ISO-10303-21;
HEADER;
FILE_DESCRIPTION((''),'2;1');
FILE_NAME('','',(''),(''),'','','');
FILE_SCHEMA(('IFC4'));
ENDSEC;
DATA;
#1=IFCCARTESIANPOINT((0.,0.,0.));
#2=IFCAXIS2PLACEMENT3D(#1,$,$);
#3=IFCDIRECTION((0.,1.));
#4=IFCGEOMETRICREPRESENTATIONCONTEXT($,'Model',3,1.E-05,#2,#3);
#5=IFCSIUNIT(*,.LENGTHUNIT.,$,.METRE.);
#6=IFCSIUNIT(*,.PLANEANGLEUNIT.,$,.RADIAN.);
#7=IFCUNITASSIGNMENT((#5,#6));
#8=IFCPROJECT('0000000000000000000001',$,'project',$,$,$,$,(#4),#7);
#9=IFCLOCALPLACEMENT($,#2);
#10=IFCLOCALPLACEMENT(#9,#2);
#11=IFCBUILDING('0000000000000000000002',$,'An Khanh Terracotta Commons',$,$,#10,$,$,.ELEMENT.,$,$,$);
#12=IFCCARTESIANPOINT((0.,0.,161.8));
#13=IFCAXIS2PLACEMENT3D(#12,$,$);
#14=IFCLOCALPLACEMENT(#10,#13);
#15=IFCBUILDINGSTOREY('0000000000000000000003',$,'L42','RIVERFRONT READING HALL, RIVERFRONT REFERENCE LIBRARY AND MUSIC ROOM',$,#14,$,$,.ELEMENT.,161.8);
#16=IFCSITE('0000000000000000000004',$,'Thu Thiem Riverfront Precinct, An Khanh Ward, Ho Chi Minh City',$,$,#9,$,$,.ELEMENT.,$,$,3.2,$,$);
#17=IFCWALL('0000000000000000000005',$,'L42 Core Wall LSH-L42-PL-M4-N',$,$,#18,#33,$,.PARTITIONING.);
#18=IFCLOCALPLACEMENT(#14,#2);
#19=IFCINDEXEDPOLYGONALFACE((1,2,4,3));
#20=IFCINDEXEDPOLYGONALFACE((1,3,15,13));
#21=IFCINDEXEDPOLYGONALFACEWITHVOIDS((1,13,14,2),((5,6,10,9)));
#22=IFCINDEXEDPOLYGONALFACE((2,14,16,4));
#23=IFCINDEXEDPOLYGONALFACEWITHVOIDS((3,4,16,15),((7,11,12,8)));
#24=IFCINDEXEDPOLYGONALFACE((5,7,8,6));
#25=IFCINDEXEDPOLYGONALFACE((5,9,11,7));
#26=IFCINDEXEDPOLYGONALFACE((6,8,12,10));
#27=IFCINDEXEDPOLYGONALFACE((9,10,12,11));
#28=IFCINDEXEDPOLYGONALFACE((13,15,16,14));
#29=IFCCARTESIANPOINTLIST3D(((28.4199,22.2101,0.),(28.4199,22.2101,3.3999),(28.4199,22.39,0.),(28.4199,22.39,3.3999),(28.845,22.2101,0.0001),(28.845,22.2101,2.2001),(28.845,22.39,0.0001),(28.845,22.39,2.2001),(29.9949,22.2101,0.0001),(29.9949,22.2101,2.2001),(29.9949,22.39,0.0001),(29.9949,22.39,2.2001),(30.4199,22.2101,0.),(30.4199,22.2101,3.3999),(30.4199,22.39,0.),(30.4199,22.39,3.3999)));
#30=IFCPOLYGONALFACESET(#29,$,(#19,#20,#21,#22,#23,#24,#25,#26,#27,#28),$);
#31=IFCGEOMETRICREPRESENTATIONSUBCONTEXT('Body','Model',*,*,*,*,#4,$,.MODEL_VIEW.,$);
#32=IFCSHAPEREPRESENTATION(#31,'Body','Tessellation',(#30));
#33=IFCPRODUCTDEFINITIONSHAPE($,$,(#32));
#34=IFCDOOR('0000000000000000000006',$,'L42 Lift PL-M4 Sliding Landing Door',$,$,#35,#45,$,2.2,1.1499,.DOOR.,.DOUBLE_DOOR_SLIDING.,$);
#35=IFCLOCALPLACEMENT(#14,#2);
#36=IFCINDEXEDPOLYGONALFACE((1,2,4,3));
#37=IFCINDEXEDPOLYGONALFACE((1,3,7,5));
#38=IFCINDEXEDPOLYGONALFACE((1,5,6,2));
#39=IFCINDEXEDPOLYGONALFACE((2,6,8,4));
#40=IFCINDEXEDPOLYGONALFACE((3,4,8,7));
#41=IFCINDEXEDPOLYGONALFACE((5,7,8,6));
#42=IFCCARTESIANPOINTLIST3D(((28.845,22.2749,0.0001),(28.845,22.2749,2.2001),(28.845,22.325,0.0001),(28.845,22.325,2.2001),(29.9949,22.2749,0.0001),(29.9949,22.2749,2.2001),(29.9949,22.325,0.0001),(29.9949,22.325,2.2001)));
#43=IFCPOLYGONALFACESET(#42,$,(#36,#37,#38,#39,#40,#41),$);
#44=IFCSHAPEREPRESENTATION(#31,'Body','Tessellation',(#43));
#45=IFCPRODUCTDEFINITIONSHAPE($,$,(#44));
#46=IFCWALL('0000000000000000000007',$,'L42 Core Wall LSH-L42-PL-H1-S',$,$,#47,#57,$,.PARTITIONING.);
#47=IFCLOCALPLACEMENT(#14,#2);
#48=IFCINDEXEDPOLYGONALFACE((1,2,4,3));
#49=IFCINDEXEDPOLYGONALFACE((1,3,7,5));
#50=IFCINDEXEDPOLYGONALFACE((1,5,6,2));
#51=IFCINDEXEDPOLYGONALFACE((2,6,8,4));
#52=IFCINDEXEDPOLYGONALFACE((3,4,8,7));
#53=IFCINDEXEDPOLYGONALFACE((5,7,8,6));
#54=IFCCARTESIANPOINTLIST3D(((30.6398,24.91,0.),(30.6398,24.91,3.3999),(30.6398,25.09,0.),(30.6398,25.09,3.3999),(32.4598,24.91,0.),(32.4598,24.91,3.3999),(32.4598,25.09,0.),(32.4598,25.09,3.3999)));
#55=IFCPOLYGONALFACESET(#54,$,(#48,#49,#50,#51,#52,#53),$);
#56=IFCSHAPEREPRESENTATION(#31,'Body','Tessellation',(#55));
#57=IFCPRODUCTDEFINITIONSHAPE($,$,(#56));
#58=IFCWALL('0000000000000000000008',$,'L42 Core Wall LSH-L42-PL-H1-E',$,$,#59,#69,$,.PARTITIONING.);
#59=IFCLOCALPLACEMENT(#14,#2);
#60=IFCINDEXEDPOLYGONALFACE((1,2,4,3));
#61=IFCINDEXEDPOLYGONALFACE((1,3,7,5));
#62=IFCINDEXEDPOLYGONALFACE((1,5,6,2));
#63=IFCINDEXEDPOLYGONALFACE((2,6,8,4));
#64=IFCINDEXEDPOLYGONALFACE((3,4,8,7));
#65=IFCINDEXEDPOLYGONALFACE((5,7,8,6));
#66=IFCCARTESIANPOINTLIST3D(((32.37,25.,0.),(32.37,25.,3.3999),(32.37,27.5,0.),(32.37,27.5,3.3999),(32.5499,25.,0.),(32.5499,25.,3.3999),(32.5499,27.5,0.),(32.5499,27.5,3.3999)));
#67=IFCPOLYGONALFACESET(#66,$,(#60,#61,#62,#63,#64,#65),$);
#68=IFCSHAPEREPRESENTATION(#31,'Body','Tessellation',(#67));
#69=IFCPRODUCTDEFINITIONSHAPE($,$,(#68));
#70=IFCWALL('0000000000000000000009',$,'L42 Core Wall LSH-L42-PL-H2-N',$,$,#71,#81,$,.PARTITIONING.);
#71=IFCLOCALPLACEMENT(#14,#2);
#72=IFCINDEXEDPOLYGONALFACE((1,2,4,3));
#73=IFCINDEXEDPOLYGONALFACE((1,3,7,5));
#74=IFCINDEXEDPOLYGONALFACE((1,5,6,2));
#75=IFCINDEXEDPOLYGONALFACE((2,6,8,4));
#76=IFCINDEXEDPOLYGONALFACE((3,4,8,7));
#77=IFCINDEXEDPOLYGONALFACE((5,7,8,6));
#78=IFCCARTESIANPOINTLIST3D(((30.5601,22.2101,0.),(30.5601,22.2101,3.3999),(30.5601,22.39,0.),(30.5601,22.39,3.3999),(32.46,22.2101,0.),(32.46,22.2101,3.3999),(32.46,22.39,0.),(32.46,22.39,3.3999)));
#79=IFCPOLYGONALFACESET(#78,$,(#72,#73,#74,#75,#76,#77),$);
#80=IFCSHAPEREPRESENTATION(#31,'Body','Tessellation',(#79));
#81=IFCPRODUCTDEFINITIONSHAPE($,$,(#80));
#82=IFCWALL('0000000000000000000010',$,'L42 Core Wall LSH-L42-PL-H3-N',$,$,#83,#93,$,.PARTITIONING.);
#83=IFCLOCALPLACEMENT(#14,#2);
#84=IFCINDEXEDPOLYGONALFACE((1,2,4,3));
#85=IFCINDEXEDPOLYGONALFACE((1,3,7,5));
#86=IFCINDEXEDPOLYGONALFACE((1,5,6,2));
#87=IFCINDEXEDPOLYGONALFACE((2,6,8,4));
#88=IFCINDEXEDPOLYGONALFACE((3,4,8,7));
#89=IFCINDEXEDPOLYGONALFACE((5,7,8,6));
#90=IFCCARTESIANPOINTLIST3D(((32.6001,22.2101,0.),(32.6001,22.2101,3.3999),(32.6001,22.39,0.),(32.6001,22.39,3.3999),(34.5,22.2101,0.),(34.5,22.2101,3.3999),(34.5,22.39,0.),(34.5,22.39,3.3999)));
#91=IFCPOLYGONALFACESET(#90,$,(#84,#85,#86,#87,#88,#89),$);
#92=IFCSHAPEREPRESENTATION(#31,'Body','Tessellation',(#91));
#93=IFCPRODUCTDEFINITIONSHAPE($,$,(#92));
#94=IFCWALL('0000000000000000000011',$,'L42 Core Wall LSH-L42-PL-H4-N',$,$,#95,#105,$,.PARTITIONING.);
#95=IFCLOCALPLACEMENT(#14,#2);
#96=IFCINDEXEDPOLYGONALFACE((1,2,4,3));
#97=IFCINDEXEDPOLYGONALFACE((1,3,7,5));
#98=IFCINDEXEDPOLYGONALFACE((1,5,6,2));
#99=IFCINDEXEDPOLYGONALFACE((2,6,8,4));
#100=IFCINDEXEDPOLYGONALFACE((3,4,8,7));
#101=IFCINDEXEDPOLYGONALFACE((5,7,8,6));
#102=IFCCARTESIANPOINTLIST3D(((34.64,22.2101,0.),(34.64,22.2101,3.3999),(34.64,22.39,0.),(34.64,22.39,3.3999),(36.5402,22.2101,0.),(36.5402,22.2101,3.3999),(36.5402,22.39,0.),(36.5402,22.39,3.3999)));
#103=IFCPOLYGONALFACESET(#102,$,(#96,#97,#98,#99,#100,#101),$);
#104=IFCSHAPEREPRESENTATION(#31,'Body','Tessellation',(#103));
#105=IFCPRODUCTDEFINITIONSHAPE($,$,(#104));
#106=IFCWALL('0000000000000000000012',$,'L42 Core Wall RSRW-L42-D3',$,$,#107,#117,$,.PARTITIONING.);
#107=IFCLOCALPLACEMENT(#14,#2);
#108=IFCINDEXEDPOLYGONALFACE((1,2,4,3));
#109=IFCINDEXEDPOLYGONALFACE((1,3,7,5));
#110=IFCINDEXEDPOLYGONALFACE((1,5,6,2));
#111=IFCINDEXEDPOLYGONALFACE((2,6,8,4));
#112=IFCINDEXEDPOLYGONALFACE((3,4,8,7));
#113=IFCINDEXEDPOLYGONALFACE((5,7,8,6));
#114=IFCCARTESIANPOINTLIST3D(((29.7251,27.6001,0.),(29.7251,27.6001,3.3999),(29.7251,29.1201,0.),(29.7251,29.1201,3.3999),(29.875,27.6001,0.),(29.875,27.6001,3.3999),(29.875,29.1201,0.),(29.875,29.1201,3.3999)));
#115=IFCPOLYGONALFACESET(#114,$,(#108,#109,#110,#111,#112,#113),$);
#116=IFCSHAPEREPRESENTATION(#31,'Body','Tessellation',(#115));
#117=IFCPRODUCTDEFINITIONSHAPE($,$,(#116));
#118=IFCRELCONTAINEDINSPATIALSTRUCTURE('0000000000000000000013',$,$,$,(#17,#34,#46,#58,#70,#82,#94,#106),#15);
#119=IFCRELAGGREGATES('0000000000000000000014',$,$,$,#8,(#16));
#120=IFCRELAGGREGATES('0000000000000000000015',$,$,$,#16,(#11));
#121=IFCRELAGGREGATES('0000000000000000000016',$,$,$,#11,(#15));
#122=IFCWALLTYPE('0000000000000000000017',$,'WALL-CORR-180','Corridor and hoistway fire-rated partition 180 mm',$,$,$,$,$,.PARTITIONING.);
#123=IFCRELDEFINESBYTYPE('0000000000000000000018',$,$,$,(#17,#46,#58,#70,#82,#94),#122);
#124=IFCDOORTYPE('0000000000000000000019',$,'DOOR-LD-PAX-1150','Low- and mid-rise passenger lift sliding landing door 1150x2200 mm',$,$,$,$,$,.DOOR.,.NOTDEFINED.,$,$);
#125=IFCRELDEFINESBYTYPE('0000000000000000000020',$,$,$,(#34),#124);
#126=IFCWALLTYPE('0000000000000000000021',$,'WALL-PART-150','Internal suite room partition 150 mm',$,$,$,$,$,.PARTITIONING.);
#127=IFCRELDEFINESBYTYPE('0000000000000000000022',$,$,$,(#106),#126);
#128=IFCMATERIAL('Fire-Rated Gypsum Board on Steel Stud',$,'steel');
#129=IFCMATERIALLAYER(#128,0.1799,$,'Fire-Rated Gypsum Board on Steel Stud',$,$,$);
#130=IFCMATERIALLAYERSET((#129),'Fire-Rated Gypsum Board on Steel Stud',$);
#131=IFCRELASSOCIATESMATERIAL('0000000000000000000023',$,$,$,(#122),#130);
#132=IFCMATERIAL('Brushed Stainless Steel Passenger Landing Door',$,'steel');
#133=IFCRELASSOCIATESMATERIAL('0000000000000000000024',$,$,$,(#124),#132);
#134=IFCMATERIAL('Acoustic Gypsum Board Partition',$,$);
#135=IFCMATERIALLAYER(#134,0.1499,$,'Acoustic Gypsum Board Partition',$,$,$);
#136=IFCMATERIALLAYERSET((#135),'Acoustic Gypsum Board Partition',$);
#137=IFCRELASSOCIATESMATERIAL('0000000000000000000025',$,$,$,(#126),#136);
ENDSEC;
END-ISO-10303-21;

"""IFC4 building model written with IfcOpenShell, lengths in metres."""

from ifc_helpers import new_model, si_unit, direction, frame, frame_2d, origin, place, context, subcontext, project, spatial, rectangle, extrude, material, layer, layer_set, type_object, element, fill, save


model = new_model("IFC4")

# Units and contexts
model_context = context("Model", 3, precision=1e-05, world=origin(), true_north=direction((0.0, 1.0)))
body_context = subcontext(model_context, "Body", "Model", "MODEL_VIEW")
ifc_project = project(units=[si_unit("LENGTHUNIT", "METRE"), si_unit("PLANEANGLEUNIT", "RADIAN")], contexts=[model_context])

# Site, building, storey
site_placement = place(None, origin())
site = spatial("IfcSite", under=ifc_project, at=site_placement, Name="Thu Thiem Riverfront Precinct, An Khanh Ward, Ho Chi Minh City", CompositionType="ELEMENT", RefElevation=3.2)
building_placement = place(site_placement, origin())
building = spatial("IfcBuilding", under=site, at=building_placement, Name="An Khanh Terracotta Commons", CompositionType="ELEMENT")
storey_placement = place(building_placement, frame((0.0, 0.0, 161.8)))
storey = spatial("IfcBuildingStorey", under=building, at=storey_placement, Name="L42", Description="RIVERFRONT READING HALL, RIVERFRONT REFERENCE LIBRARY AND MUSIC ROOM", CompositionType="ELEMENT", Elevation=161.8)

# Shared definitions
ifc_material_1 = material(Name="Fire-Rated Gypsum Board on Steel Stud", Category="steel")
ifc_layer_1 = layer(ifc_material_1, 0.1799, Name="Fire-Rated Gypsum Board on Steel Stud")
ifc_layer_set_1 = layer_set([ifc_layer_1], Name="Fire-Rated Gypsum Board on Steel Stud")
wall_type_1 = type_object("IfcWallType", Name="WALL-CORR-180", Description="Corridor and hoistway fire-rated partition 180 mm", PredefinedType="PARTITIONING", material=ifc_layer_set_1)

# Shared definitions
ifc_material_2 = material(Name="Brushed Stainless Steel Passenger Landing Door", Category="steel")
door_type = type_object("IfcDoorType", Name="DOOR-LD-PAX-1150", Description="Low- and mid-rise passenger lift sliding landing door 1150x2200 mm", OperationType="NOTDEFINED", PredefinedType="DOOR", material=ifc_material_2)

# Wall, opening, door
wall_1_placement = place(storey_placement, frame((28.4199, 22.3, 0.0), z_axis=(0.0, 0.0, 1.0), x_axis=(1.0, 0.0, 0.0)))
wall_1 = element("IfcWall", 1, at=wall_1_placement, inside=storey, type_object=wall_type_1, Name="L42 Core Wall LSH-L42-PL-M4-N", PredefinedType="PARTITIONING", context=body_context, shape_type="SweptSolid", body=[
    extrude(rectangle(XDim=2.0, YDim=0.1799, at=frame_2d((1.0, 0.0))), origin(), (0.0, 0.0, 1.0), 3.3999),
])
opening_1_placement = place(wall_1_placement, frame((0.425, 0.0, 0.0)))
opening_1 = element("IfcOpeningElement", 2, at=opening_1_placement, cuts=wall_1, PredefinedType="OPENING", context=body_context, shape_type="SweptSolid", body=[
    extrude(rectangle(XDim=1.1499, YDim=2.2, at=frame_2d((0.575, 1.1001))), frame((0.0, 0.0999, 0.0), z_axis=(0.0, -1.0, 0.0), x_axis=(1.0, 0.0, 0.0)), (0.0, 0.0, 1.0), 0.2),
])
door_1_placement = place(opening_1_placement, origin())
door_1 = element("IfcDoor", 3, at=door_1_placement, inside=storey, type_object=door_type, Name="L42 Lift PL-M4 Sliding Landing Door", OperationType="DOUBLE_DOOR_SLIDING", OverallHeight=2.2, OverallWidth=1.1499, PredefinedType="DOOR", context=body_context, shape_type="SweptSolid", body=[
    extrude(rectangle(XDim=1.1499, YDim=2.2, at=frame_2d((0.575, 1.1001))), frame((0.0, 0.0249, 0.0), z_axis=(0.0, -1.0, 0.0), x_axis=(1.0, 0.0, 0.0)), (0.0, 0.0, 1.0), 0.05),
])
fill(opening_1, door_1)

# Walls
wall_2_placement = place(storey_placement, frame((32.46, 25.0, 0.0), z_axis=(0.0, 0.0, 1.0), x_axis=(-1.0, 0.0, 0.0)))
element("IfcWall", 4, at=wall_2_placement, inside=storey, type_object=wall_type_1, Name="L42 Core Wall LSH-L42-PL-H1-S", PredefinedType="PARTITIONING", context=body_context, shape_type="SweptSolid", body=[
    extrude(rectangle(XDim=1.8201, YDim=0.1799, at=frame_2d((0.9102, 0.0))), origin(), (0.0, 0.0, 1.0), 3.3999),
])
wall_3_placement = place(storey_placement, frame((32.46, 25.0, 0.0), z_axis=(0.0, 0.0, 1.0), x_axis=(0.0, 1.0, 0.0)))
element("IfcWall", 5, at=wall_3_placement, inside=storey, type_object=wall_type_1, Name="L42 Core Wall LSH-L42-PL-H1-E", PredefinedType="PARTITIONING", context=body_context, shape_type="SweptSolid", body=[
    extrude(rectangle(XDim=2.5, YDim=0.1799, at=frame_2d((1.25, 0.0))), origin(), (0.0, 0.0, 1.0), 3.3999),
])
for number, where, z_axis, x_axis, name in (
    (6, (30.5601, 22.3, 0.0), (0.0, 0.0, 1.0), (1.0, 0.0, 0.0), "L42 Core Wall LSH-L42-PL-H2-N"),
    (7, (32.6001, 22.3, 0.0), (0.0, 0.0, 1.0), (1.0, 0.0, 0.0), "L42 Core Wall LSH-L42-PL-H3-N"),
):
    element("IfcWall", number, at=place(storey_placement, frame(where, z_axis=z_axis, x_axis=x_axis)), inside=storey, type_object=wall_type_1, Name=name, PredefinedType="PARTITIONING", context=body_context, shape_type="SweptSolid", body=[
        extrude(rectangle(XDim=1.8999, YDim=0.1799, at=frame_2d((0.95, 0.0))), origin(), (0.0, 0.0, 1.0), 3.3999),
    ])
wall_4_placement = place(storey_placement, frame((34.6399, 22.3, 0.0), z_axis=(0.0, 0.0, 1.0), x_axis=(1.0, 0.0, 0.0)))
element("IfcWall", 8, at=wall_4_placement, inside=storey, type_object=wall_type_1, Name="L42 Core Wall LSH-L42-PL-H4-N", PredefinedType="PARTITIONING", context=body_context, shape_type="SweptSolid", body=[
    extrude(rectangle(XDim=1.9001, YDim=0.1799, at=frame_2d((0.9502, 0.0))), origin(), (0.0, 0.0, 1.0), 3.3999),
])
ifc_material_3 = material(Name="Acoustic Gypsum Board Partition")
ifc_layer_2 = layer(ifc_material_3, 0.1499, Name="Acoustic Gypsum Board Partition")
ifc_layer_set_2 = layer_set([ifc_layer_2], Name="Acoustic Gypsum Board Partition")
wall_type_2 = type_object("IfcWallType", Name="WALL-PART-150", Description="Internal suite room partition 150 mm", PredefinedType="PARTITIONING", material=ifc_layer_set_2)
wall_5_placement = place(storey_placement, frame((29.8, 27.6001, 0.0), z_axis=(0.0, 0.0, 1.0), x_axis=(0.0, 1.0, 0.0)))
element("IfcWall", 9, at=wall_5_placement, inside=storey, type_object=wall_type_2, Name="L42 Core Wall RSRW-L42-D3", PredefinedType="PARTITIONING", context=body_context, shape_type="SweptSolid", body=[
    extrude(rectangle(XDim=1.52, YDim=0.1499, at=frame_2d((0.76, 0.0))), origin(), (0.0, 0.0, 1.0), 3.3999),
])

save(model, "model.ifc")
